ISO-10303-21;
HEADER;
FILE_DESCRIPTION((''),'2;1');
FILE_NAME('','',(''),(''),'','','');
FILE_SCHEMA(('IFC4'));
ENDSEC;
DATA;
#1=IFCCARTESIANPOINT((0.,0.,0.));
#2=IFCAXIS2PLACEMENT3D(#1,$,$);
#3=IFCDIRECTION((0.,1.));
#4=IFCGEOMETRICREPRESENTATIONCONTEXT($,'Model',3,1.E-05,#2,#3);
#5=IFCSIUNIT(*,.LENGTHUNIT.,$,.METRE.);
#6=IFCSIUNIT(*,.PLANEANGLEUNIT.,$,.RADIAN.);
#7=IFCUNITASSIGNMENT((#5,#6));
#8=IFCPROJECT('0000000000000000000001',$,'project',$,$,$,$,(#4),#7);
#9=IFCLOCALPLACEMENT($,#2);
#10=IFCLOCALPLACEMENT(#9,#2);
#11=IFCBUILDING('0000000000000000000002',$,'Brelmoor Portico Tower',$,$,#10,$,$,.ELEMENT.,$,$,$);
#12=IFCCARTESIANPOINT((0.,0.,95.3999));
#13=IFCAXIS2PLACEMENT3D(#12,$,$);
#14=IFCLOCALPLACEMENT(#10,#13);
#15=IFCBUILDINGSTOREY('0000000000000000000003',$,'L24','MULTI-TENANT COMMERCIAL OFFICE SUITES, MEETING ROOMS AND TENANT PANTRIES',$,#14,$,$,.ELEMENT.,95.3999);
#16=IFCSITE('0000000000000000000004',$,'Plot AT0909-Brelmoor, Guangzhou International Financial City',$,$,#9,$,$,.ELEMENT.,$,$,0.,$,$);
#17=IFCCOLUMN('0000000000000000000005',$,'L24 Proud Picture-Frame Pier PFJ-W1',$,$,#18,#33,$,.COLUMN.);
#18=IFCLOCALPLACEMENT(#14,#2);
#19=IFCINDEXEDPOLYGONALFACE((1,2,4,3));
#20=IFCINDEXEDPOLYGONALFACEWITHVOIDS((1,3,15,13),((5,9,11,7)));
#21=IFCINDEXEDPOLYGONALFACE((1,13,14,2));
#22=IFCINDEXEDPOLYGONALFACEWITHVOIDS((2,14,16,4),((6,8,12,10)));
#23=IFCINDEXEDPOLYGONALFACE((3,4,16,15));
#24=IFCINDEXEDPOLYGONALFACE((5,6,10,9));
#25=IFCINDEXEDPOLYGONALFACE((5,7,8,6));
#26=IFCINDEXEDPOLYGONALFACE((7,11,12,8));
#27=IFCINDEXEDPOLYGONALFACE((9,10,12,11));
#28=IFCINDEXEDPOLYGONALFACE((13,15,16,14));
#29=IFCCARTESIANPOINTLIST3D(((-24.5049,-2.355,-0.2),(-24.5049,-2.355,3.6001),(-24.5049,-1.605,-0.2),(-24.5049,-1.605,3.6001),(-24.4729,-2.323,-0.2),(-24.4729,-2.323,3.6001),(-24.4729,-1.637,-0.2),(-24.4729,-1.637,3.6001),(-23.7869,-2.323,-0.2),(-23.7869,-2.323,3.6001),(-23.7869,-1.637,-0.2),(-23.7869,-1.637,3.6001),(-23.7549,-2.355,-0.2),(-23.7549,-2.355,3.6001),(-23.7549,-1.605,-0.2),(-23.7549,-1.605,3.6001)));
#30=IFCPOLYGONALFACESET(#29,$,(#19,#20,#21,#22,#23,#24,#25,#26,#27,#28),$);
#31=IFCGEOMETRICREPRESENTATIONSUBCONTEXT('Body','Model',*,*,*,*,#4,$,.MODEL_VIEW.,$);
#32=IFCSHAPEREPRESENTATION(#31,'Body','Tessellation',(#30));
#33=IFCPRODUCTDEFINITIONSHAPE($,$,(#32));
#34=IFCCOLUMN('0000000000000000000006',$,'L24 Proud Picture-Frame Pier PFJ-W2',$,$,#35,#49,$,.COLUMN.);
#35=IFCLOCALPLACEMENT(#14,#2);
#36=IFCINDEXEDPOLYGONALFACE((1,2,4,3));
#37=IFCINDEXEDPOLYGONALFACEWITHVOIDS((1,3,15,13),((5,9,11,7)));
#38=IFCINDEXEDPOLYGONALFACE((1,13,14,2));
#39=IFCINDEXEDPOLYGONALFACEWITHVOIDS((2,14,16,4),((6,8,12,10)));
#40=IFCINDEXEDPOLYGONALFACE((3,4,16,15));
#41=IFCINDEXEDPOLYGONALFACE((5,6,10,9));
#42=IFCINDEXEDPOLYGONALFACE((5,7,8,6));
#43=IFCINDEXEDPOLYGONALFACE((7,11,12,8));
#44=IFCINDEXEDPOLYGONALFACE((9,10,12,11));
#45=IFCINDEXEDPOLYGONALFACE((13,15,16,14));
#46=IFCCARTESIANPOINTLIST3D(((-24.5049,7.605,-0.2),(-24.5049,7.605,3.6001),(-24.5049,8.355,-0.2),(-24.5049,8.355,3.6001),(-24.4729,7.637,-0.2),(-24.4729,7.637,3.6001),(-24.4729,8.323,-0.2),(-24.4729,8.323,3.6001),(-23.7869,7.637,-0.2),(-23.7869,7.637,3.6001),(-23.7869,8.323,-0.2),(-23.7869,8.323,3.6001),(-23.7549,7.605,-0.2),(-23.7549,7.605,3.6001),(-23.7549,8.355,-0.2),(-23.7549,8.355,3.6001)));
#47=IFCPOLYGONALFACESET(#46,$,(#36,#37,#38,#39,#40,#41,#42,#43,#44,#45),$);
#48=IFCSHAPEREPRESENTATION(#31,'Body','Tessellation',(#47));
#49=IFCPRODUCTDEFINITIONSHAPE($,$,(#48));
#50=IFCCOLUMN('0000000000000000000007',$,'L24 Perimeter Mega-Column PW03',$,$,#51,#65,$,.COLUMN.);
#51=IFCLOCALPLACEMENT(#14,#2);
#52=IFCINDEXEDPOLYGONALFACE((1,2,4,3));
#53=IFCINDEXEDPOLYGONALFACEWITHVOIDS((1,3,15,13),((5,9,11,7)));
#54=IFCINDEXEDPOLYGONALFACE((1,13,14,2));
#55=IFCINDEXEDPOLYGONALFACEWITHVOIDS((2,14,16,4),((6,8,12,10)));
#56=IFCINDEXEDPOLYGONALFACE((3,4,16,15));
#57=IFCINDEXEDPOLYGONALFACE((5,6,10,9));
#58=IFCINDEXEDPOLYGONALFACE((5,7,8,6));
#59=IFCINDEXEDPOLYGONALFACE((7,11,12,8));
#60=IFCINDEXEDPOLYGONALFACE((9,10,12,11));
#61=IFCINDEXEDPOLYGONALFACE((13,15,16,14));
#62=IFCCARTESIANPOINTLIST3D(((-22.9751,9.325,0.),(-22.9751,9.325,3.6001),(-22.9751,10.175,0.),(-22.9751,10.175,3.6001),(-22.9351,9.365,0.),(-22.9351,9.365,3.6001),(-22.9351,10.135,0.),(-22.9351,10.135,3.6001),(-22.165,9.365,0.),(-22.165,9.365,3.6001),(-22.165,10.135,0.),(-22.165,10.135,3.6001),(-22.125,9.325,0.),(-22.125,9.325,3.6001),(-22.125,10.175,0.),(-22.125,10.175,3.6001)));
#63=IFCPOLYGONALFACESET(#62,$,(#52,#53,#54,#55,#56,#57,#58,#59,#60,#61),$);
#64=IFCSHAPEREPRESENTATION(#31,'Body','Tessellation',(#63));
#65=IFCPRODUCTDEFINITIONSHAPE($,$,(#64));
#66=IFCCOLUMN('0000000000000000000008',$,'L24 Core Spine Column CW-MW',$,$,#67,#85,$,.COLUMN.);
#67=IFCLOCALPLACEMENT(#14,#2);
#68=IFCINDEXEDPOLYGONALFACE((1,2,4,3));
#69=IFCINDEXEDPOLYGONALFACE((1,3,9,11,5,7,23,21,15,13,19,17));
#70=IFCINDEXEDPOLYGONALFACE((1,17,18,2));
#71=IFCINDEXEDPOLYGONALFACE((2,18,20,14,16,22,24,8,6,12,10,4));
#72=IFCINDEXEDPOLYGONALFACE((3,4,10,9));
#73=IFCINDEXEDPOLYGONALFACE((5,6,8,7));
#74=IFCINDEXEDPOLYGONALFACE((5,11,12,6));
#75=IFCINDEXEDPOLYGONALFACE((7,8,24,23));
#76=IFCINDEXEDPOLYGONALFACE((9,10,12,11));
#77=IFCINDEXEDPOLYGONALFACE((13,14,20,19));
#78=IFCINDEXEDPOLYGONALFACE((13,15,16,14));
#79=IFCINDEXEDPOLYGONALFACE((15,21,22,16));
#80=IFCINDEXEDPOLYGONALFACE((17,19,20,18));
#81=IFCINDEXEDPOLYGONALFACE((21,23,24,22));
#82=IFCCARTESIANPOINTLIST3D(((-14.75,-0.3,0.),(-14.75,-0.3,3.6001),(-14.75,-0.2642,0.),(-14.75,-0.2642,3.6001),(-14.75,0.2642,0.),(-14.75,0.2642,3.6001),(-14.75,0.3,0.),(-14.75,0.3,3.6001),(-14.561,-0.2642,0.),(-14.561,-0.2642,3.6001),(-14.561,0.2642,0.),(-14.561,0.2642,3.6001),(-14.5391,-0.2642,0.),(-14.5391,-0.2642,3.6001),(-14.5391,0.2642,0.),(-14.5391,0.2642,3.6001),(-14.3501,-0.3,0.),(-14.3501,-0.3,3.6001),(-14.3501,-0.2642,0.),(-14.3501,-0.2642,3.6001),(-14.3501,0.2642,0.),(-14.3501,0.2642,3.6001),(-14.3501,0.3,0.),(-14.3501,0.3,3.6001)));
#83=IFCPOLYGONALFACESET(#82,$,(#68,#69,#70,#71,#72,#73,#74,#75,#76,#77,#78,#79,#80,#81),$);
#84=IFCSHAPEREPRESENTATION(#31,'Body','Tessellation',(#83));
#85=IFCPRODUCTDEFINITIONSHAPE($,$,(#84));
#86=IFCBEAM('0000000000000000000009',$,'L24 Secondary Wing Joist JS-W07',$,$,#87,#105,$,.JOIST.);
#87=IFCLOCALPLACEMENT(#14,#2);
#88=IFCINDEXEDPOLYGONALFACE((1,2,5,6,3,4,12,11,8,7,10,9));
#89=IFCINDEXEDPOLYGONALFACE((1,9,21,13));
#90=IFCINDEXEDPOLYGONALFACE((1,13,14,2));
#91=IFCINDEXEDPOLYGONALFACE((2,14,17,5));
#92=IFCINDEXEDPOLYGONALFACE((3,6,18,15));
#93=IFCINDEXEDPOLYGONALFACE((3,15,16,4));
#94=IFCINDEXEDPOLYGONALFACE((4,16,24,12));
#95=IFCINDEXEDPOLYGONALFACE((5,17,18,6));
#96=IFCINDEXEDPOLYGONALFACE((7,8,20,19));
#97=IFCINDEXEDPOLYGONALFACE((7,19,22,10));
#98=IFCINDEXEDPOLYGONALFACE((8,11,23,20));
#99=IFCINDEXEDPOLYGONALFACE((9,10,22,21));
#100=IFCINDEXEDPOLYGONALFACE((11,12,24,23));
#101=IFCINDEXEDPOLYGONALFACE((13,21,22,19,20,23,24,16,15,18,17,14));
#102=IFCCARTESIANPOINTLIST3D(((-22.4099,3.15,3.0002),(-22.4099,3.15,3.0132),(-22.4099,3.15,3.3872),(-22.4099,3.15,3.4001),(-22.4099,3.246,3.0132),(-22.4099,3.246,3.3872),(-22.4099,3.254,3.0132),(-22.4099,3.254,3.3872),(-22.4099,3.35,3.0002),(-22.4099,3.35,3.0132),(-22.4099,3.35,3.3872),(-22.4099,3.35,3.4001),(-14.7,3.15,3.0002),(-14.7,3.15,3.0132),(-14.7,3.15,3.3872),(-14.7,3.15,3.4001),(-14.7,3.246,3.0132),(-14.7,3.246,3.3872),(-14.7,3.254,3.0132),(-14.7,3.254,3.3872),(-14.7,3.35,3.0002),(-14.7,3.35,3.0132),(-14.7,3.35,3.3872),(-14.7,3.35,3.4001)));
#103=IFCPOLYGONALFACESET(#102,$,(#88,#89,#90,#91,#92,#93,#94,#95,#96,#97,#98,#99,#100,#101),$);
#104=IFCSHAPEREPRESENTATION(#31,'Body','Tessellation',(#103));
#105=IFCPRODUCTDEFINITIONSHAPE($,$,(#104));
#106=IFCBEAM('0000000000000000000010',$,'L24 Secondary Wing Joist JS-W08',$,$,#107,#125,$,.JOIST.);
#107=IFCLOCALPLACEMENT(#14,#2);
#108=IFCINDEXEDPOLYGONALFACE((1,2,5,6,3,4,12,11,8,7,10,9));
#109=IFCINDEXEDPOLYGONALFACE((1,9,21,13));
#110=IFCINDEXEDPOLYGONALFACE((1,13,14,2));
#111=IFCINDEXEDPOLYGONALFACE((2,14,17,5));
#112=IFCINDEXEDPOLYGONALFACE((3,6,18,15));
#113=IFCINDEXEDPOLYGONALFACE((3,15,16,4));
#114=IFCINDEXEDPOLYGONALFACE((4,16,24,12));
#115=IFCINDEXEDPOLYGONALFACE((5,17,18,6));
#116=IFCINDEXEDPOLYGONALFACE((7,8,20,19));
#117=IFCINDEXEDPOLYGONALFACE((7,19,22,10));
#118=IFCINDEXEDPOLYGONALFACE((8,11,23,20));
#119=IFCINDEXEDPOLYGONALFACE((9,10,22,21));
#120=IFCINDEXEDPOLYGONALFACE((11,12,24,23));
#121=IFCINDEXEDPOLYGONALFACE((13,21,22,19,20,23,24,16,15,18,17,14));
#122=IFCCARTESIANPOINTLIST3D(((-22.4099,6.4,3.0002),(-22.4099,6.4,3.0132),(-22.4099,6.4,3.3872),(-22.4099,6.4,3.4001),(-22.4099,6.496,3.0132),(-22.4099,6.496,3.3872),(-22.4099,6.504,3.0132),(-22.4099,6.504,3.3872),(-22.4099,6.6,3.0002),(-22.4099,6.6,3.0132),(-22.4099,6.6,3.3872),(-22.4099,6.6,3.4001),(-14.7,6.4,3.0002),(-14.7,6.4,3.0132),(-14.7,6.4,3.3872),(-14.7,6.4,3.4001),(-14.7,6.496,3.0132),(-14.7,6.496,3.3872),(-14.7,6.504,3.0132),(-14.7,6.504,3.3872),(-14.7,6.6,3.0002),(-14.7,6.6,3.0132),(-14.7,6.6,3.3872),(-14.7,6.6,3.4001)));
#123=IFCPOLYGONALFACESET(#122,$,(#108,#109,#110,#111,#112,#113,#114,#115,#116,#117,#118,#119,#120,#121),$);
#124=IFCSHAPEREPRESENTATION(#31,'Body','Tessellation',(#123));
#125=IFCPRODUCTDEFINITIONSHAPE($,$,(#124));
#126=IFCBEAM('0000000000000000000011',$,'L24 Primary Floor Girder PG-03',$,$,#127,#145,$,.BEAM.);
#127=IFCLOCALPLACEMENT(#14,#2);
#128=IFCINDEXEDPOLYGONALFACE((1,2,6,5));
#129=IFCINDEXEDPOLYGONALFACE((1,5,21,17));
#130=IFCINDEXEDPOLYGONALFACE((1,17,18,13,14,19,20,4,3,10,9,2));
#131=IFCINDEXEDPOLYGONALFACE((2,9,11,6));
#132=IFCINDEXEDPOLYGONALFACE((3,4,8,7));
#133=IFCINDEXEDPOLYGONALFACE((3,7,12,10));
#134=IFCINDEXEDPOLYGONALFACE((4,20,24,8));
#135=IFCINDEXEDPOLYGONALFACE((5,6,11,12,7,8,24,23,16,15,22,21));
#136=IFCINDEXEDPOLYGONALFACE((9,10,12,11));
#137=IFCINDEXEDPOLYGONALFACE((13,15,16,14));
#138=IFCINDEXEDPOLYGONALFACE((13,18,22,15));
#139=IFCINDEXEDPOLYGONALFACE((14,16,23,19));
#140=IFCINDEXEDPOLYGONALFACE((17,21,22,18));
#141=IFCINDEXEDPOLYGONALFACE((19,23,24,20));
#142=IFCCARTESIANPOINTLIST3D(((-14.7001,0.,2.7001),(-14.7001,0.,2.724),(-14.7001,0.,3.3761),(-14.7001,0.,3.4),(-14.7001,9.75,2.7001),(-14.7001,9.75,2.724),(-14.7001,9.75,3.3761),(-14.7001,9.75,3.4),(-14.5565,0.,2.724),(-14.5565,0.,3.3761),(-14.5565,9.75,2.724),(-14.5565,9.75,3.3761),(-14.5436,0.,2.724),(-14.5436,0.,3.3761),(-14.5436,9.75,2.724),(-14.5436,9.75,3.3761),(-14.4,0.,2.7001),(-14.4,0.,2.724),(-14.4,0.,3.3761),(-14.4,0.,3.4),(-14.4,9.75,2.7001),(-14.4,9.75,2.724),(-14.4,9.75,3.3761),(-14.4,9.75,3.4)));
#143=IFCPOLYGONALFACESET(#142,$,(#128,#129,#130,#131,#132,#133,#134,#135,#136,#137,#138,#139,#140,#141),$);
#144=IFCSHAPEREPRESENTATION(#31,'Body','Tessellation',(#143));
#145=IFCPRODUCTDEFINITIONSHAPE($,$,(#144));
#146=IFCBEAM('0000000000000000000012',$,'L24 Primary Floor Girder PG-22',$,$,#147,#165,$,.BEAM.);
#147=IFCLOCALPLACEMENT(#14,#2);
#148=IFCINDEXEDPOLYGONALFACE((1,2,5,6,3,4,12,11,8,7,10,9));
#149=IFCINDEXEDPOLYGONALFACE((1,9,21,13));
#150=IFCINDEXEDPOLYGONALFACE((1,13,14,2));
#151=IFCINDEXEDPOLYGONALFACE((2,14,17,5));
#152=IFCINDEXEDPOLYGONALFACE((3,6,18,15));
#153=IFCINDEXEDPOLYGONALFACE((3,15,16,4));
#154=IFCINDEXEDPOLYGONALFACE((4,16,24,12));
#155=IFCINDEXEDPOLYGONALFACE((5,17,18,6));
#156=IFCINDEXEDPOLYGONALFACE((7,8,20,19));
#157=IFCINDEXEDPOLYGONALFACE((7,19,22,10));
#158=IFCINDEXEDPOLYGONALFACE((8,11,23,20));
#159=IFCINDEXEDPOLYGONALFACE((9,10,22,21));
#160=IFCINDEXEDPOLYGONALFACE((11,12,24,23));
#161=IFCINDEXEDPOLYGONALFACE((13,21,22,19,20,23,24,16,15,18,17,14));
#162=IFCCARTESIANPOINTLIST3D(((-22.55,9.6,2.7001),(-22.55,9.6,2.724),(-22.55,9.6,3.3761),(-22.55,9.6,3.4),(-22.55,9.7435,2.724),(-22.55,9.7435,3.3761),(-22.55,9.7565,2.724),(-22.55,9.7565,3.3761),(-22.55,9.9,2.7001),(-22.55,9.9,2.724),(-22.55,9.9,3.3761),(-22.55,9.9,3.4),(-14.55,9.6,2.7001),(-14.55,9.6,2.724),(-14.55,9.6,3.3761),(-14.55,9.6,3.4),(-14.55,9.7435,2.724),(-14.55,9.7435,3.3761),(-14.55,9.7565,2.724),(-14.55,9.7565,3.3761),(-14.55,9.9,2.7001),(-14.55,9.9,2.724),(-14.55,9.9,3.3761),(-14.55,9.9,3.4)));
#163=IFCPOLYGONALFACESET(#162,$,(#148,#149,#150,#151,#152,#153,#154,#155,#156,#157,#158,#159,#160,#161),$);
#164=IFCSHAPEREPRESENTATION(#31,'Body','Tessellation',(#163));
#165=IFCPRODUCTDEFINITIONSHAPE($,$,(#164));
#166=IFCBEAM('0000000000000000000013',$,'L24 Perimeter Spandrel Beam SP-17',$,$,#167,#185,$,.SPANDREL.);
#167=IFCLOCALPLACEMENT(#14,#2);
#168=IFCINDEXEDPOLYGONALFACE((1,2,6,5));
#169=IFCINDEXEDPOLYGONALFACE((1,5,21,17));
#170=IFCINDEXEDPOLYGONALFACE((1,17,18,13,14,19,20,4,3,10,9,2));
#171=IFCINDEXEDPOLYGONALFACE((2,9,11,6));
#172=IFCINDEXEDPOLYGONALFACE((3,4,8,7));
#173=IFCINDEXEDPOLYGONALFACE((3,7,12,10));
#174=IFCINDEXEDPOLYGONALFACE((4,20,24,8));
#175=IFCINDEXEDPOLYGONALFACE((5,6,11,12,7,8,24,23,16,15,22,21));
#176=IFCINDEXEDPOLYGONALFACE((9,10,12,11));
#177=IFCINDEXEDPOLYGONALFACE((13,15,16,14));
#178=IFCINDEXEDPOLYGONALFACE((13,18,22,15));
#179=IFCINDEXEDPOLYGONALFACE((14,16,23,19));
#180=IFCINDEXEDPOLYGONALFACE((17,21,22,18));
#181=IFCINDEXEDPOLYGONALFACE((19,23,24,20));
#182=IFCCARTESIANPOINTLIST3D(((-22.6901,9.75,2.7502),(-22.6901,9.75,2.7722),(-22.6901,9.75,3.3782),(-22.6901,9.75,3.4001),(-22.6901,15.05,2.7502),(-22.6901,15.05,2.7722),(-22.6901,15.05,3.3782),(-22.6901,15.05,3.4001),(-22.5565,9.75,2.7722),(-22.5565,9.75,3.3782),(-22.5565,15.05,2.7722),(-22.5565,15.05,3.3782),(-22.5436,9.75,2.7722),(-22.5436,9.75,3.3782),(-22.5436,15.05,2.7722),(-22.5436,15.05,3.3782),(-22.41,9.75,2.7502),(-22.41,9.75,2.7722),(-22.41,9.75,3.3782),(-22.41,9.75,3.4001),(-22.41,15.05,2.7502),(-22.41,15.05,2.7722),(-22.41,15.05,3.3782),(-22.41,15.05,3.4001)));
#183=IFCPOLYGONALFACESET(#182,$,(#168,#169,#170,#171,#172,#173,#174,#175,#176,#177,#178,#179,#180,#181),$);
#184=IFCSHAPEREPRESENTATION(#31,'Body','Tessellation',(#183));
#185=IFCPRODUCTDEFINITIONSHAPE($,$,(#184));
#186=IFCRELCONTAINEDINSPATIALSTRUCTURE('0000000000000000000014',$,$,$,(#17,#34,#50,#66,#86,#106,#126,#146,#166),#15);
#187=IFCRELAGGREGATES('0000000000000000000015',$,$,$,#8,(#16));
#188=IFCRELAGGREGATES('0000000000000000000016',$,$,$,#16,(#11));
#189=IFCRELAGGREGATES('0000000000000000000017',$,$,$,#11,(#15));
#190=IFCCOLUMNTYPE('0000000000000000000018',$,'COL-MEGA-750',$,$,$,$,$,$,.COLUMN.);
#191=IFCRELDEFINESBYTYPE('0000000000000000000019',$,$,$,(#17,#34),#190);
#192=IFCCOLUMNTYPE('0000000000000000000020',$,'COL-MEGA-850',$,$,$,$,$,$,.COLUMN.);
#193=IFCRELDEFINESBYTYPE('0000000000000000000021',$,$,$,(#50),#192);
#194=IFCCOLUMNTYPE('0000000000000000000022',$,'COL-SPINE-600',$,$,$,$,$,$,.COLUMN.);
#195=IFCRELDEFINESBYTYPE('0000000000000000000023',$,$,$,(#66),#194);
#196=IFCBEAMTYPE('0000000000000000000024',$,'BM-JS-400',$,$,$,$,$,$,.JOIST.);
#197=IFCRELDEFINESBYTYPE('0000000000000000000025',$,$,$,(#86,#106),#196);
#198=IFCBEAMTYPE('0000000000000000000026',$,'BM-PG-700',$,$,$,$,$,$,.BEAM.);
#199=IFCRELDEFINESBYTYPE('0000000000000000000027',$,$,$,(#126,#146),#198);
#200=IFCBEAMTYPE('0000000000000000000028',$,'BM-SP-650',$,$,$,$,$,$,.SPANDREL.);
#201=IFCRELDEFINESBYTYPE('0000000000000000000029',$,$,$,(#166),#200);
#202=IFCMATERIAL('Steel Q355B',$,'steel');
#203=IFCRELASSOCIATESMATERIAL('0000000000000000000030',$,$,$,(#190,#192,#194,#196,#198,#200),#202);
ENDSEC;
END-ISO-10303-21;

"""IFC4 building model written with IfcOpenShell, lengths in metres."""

from ifc_helpers import new_model, si_unit, direction, frame, origin, origin_2d, place, context, subcontext, project, spatial, hollow_rectangle, i_section, extrude, material, material_profile, profile_set, type_object, element, save


model = new_model("IFC4")

# Units and contexts
model_context = context("Model", 3, precision=1e-05, world=origin(), true_north=direction((0.0, 1.0)))
body_context = subcontext(model_context, "Body", "Model", "MODEL_VIEW")
ifc_project = project(units=[si_unit("LENGTHUNIT", "METRE"), si_unit("PLANEANGLEUNIT", "RADIAN")], contexts=[model_context])

# Site, building, storey
site_placement = place(None, origin())
site = spatial("IfcSite", under=ifc_project, at=site_placement, Name="Plot AT0909-Brelmoor, Guangzhou International Financial City", CompositionType="ELEMENT", RefElevation=0.0)
building_placement = place(site_placement, origin())
building = spatial("IfcBuilding", under=site, at=building_placement, Name="Brelmoor Portico Tower", CompositionType="ELEMENT")
storey_placement = place(building_placement, frame((0.0, 0.0, 95.3999)))
storey = spatial("IfcBuildingStorey", under=building, at=storey_placement, Name="L24", Description="MULTI-TENANT COMMERCIAL OFFICE SUITES, MEETING ROOMS AND TENANT PANTRIES", CompositionType="ELEMENT", Elevation=95.3999)

# Columns
ifc_material_1 = material(Name="Steel Q355B", Category="steel")
ifc_material_profile_1 = material_profile(ifc_material_1, hollow_rectangle(XDim=0.75, YDim=0.75, WallThickness=0.032, at=origin_2d()), Name="BOX 750x750x32")
ifc_profile_set_1 = profile_set([ifc_material_profile_1], Name="Steel Q355B")
column_type_1 = type_object("IfcColumnType", Name="COL-MEGA-750", PredefinedType="COLUMN", material=ifc_profile_set_1)
for number, where, z_axis, x_axis, name in (
    (1, (-24.1299, -1.98, -0.2), (0.0, 0.0, 1.0), (0.0, 1.0, 0.0), "L24 Proud Picture-Frame Pier PFJ-W1"),
    (2, (-24.1299, 7.98, -0.2), (0.0, 0.0, 1.0), (0.0, 1.0, 0.0), "L24 Proud Picture-Frame Pier PFJ-W2"),
):
    element("IfcColumn", number, at=place(storey_placement, frame(where, z_axis=z_axis, x_axis=x_axis)), inside=storey, type_object=column_type_1, Name=name, PredefinedType="COLUMN", context=body_context, shape_type="SweptSolid", body=[
        extrude(hollow_rectangle(XDim=0.75, YDim=0.75, WallThickness=0.032, at=origin_2d()), origin(), (0.0, 0.0, 1.0), 3.8),
    ])
ifc_material_profile_2 = material_profile(ifc_material_1, hollow_rectangle(XDim=0.8501, YDim=0.8501, WallThickness=0.04, at=origin_2d()), Name="BOX 850x850x40")
ifc_profile_set_2 = profile_set([ifc_material_profile_2], Name="Steel Q355B")
column_type_2 = type_object("IfcColumnType", Name="COL-MEGA-850", PredefinedType="COLUMN", material=ifc_profile_set_2)
column_1_placement = place(storey_placement, frame((-22.55, 9.75, 0.0), z_axis=(0.0, 0.0, 1.0), x_axis=(0.0, 1.0, 0.0)))
element("IfcColumn", 3, at=column_1_placement, inside=storey, type_object=column_type_2, Name="L24 Perimeter Mega-Column PW03", PredefinedType="COLUMN", context=body_context, shape_type="SweptSolid", body=[
    extrude(hollow_rectangle(XDim=0.8501, YDim=0.8501, WallThickness=0.04, at=origin_2d()), origin(), (0.0, 0.0, 1.0), 3.6001),
])
ifc_material_profile_3 = material_profile(ifc_material_1, i_section(OverallWidth=0.3999, OverallDepth=0.6001, WebThickness=0.022, FlangeThickness=0.0359, at=origin_2d()), Name="HW 600x400x22x36")
ifc_profile_set_3 = profile_set([ifc_material_profile_3], Name="Steel Q355B")
column_type_3 = type_object("IfcColumnType", Name="COL-SPINE-600", PredefinedType="COLUMN", material=ifc_profile_set_3)
column_2_placement = place(storey_placement, frame((-14.55, 0.0, 0.0), z_axis=(0.0, 0.0, 1.0), x_axis=(1.0, 0.0, 0.0)))
element("IfcColumn", 4, at=column_2_placement, inside=storey, type_object=column_type_3, Name="L24 Core Spine Column CW-MW", PredefinedType="COLUMN", context=body_context, shape_type="SweptSolid", body=[
    extrude(i_section(OverallWidth=0.3999, OverallDepth=0.6001, WebThickness=0.022, FlangeThickness=0.0359, at=origin_2d()), origin(), (0.0, 0.0, 1.0), 3.6001),
])

# Beams
ifc_material_profile_4 = material_profile(ifc_material_1, i_section(OverallWidth=0.2, OverallDepth=0.3999, WebThickness=0.0081, FlangeThickness=0.0129, at=origin_2d()), Name="HN 400x200x8x13")
ifc_profile_set_4 = profile_set([ifc_material_profile_4], Name="Steel Q355B")
beam_type_1 = type_object("IfcBeamType", Name="BM-JS-400", PredefinedType="JOIST", material=ifc_profile_set_4)
for number, where, z_axis, x_axis, name in (
    (5, (-22.4099, 3.25, 3.2002), (1.0, 0.0, 0.0), (0.0, 1.0, 0.0), "L24 Secondary Wing Joist JS-W07"),
    (6, (-22.4099, 6.5, 3.2002), (1.0, 0.0, 0.0), (0.0, 1.0, 0.0), "L24 Secondary Wing Joist JS-W08"),
):
    element("IfcBeam", number, at=place(storey_placement, frame(where, z_axis=z_axis, x_axis=x_axis)), inside=storey, type_object=beam_type_1, Name=name, PredefinedType="JOIST", context=body_context, shape_type="SweptSolid", body=[
        extrude(i_section(OverallWidth=0.2, OverallDepth=0.3999, WebThickness=0.0081, FlangeThickness=0.0129, at=origin_2d()), origin(), (0.0, 0.0, 1.0), 7.71),
    ])
ifc_material_profile_5 = material_profile(ifc_material_1, i_section(OverallWidth=0.3, OverallDepth=0.7, WebThickness=0.0129, FlangeThickness=0.0239, at=origin_2d()), Name="HN 700x300x13x24")
ifc_profile_set_5 = profile_set([ifc_material_profile_5], Name="Steel Q355B")
beam_type_2 = type_object("IfcBeamType", Name="BM-PG-700", PredefinedType="BEAM", material=ifc_profile_set_5)
beam_1_placement = place(storey_placement, frame((-14.55, 0.0, 3.05), z_axis=(0.0, 1.0, 0.0), x_axis=(-1.0, 0.0, 0.0)))
element("IfcBeam", 7, at=beam_1_placement, inside=storey, type_object=beam_type_2, Name="L24 Primary Floor Girder PG-03", PredefinedType="BEAM", context=body_context, shape_type="SweptSolid", body=[
    extrude(i_section(OverallWidth=0.3, OverallDepth=0.7, WebThickness=0.0129, FlangeThickness=0.0239, at=origin_2d()), origin(), (0.0, 0.0, 1.0), 9.75),
])
beam_2_placement = place(storey_placement, frame((-22.55, 9.75, 3.05), z_axis=(1.0, 0.0, 0.0), x_axis=(0.0, 1.0, 0.0)))
element("IfcBeam", 8, at=beam_2_placement, inside=storey, type_object=beam_type_2, Name="L24 Primary Floor Girder PG-22", PredefinedType="BEAM", context=body_context, shape_type="SweptSolid", body=[
    extrude(i_section(OverallWidth=0.3, OverallDepth=0.7, WebThickness=0.0129, FlangeThickness=0.0239, at=origin_2d()), origin(), (0.0, 0.0, 1.0), 8.0),
])
ifc_material_profile_6 = material_profile(ifc_material_1, i_section(OverallWidth=0.28, OverallDepth=0.6499, WebThickness=0.0129, FlangeThickness=0.022, at=origin_2d()), Name="HN 650x280x13x22")
ifc_profile_set_6 = profile_set([ifc_material_profile_6], Name="Steel Q355B")
beam_type_3 = type_object("IfcBeamType", Name="BM-SP-650", PredefinedType="SPANDREL", material=ifc_profile_set_6)
beam_3_placement = place(storey_placement, frame((-22.55, 9.75, 3.0752), z_axis=(0.0, 1.0, 0.0), x_axis=(-1.0, 0.0, 0.0)))
element("IfcBeam", 9, at=beam_3_placement, inside=storey, type_object=beam_type_3, Name="L24 Perimeter Spandrel Beam SP-17", PredefinedType="SPANDREL", context=body_context, shape_type="SweptSolid", body=[
    extrude(i_section(OverallWidth=0.28, OverallDepth=0.6499, WebThickness=0.0129, FlangeThickness=0.022, at=origin_2d()), origin(), (0.0, 0.0, 1.0), 5.3),
])

save(model, "model.ifc")
